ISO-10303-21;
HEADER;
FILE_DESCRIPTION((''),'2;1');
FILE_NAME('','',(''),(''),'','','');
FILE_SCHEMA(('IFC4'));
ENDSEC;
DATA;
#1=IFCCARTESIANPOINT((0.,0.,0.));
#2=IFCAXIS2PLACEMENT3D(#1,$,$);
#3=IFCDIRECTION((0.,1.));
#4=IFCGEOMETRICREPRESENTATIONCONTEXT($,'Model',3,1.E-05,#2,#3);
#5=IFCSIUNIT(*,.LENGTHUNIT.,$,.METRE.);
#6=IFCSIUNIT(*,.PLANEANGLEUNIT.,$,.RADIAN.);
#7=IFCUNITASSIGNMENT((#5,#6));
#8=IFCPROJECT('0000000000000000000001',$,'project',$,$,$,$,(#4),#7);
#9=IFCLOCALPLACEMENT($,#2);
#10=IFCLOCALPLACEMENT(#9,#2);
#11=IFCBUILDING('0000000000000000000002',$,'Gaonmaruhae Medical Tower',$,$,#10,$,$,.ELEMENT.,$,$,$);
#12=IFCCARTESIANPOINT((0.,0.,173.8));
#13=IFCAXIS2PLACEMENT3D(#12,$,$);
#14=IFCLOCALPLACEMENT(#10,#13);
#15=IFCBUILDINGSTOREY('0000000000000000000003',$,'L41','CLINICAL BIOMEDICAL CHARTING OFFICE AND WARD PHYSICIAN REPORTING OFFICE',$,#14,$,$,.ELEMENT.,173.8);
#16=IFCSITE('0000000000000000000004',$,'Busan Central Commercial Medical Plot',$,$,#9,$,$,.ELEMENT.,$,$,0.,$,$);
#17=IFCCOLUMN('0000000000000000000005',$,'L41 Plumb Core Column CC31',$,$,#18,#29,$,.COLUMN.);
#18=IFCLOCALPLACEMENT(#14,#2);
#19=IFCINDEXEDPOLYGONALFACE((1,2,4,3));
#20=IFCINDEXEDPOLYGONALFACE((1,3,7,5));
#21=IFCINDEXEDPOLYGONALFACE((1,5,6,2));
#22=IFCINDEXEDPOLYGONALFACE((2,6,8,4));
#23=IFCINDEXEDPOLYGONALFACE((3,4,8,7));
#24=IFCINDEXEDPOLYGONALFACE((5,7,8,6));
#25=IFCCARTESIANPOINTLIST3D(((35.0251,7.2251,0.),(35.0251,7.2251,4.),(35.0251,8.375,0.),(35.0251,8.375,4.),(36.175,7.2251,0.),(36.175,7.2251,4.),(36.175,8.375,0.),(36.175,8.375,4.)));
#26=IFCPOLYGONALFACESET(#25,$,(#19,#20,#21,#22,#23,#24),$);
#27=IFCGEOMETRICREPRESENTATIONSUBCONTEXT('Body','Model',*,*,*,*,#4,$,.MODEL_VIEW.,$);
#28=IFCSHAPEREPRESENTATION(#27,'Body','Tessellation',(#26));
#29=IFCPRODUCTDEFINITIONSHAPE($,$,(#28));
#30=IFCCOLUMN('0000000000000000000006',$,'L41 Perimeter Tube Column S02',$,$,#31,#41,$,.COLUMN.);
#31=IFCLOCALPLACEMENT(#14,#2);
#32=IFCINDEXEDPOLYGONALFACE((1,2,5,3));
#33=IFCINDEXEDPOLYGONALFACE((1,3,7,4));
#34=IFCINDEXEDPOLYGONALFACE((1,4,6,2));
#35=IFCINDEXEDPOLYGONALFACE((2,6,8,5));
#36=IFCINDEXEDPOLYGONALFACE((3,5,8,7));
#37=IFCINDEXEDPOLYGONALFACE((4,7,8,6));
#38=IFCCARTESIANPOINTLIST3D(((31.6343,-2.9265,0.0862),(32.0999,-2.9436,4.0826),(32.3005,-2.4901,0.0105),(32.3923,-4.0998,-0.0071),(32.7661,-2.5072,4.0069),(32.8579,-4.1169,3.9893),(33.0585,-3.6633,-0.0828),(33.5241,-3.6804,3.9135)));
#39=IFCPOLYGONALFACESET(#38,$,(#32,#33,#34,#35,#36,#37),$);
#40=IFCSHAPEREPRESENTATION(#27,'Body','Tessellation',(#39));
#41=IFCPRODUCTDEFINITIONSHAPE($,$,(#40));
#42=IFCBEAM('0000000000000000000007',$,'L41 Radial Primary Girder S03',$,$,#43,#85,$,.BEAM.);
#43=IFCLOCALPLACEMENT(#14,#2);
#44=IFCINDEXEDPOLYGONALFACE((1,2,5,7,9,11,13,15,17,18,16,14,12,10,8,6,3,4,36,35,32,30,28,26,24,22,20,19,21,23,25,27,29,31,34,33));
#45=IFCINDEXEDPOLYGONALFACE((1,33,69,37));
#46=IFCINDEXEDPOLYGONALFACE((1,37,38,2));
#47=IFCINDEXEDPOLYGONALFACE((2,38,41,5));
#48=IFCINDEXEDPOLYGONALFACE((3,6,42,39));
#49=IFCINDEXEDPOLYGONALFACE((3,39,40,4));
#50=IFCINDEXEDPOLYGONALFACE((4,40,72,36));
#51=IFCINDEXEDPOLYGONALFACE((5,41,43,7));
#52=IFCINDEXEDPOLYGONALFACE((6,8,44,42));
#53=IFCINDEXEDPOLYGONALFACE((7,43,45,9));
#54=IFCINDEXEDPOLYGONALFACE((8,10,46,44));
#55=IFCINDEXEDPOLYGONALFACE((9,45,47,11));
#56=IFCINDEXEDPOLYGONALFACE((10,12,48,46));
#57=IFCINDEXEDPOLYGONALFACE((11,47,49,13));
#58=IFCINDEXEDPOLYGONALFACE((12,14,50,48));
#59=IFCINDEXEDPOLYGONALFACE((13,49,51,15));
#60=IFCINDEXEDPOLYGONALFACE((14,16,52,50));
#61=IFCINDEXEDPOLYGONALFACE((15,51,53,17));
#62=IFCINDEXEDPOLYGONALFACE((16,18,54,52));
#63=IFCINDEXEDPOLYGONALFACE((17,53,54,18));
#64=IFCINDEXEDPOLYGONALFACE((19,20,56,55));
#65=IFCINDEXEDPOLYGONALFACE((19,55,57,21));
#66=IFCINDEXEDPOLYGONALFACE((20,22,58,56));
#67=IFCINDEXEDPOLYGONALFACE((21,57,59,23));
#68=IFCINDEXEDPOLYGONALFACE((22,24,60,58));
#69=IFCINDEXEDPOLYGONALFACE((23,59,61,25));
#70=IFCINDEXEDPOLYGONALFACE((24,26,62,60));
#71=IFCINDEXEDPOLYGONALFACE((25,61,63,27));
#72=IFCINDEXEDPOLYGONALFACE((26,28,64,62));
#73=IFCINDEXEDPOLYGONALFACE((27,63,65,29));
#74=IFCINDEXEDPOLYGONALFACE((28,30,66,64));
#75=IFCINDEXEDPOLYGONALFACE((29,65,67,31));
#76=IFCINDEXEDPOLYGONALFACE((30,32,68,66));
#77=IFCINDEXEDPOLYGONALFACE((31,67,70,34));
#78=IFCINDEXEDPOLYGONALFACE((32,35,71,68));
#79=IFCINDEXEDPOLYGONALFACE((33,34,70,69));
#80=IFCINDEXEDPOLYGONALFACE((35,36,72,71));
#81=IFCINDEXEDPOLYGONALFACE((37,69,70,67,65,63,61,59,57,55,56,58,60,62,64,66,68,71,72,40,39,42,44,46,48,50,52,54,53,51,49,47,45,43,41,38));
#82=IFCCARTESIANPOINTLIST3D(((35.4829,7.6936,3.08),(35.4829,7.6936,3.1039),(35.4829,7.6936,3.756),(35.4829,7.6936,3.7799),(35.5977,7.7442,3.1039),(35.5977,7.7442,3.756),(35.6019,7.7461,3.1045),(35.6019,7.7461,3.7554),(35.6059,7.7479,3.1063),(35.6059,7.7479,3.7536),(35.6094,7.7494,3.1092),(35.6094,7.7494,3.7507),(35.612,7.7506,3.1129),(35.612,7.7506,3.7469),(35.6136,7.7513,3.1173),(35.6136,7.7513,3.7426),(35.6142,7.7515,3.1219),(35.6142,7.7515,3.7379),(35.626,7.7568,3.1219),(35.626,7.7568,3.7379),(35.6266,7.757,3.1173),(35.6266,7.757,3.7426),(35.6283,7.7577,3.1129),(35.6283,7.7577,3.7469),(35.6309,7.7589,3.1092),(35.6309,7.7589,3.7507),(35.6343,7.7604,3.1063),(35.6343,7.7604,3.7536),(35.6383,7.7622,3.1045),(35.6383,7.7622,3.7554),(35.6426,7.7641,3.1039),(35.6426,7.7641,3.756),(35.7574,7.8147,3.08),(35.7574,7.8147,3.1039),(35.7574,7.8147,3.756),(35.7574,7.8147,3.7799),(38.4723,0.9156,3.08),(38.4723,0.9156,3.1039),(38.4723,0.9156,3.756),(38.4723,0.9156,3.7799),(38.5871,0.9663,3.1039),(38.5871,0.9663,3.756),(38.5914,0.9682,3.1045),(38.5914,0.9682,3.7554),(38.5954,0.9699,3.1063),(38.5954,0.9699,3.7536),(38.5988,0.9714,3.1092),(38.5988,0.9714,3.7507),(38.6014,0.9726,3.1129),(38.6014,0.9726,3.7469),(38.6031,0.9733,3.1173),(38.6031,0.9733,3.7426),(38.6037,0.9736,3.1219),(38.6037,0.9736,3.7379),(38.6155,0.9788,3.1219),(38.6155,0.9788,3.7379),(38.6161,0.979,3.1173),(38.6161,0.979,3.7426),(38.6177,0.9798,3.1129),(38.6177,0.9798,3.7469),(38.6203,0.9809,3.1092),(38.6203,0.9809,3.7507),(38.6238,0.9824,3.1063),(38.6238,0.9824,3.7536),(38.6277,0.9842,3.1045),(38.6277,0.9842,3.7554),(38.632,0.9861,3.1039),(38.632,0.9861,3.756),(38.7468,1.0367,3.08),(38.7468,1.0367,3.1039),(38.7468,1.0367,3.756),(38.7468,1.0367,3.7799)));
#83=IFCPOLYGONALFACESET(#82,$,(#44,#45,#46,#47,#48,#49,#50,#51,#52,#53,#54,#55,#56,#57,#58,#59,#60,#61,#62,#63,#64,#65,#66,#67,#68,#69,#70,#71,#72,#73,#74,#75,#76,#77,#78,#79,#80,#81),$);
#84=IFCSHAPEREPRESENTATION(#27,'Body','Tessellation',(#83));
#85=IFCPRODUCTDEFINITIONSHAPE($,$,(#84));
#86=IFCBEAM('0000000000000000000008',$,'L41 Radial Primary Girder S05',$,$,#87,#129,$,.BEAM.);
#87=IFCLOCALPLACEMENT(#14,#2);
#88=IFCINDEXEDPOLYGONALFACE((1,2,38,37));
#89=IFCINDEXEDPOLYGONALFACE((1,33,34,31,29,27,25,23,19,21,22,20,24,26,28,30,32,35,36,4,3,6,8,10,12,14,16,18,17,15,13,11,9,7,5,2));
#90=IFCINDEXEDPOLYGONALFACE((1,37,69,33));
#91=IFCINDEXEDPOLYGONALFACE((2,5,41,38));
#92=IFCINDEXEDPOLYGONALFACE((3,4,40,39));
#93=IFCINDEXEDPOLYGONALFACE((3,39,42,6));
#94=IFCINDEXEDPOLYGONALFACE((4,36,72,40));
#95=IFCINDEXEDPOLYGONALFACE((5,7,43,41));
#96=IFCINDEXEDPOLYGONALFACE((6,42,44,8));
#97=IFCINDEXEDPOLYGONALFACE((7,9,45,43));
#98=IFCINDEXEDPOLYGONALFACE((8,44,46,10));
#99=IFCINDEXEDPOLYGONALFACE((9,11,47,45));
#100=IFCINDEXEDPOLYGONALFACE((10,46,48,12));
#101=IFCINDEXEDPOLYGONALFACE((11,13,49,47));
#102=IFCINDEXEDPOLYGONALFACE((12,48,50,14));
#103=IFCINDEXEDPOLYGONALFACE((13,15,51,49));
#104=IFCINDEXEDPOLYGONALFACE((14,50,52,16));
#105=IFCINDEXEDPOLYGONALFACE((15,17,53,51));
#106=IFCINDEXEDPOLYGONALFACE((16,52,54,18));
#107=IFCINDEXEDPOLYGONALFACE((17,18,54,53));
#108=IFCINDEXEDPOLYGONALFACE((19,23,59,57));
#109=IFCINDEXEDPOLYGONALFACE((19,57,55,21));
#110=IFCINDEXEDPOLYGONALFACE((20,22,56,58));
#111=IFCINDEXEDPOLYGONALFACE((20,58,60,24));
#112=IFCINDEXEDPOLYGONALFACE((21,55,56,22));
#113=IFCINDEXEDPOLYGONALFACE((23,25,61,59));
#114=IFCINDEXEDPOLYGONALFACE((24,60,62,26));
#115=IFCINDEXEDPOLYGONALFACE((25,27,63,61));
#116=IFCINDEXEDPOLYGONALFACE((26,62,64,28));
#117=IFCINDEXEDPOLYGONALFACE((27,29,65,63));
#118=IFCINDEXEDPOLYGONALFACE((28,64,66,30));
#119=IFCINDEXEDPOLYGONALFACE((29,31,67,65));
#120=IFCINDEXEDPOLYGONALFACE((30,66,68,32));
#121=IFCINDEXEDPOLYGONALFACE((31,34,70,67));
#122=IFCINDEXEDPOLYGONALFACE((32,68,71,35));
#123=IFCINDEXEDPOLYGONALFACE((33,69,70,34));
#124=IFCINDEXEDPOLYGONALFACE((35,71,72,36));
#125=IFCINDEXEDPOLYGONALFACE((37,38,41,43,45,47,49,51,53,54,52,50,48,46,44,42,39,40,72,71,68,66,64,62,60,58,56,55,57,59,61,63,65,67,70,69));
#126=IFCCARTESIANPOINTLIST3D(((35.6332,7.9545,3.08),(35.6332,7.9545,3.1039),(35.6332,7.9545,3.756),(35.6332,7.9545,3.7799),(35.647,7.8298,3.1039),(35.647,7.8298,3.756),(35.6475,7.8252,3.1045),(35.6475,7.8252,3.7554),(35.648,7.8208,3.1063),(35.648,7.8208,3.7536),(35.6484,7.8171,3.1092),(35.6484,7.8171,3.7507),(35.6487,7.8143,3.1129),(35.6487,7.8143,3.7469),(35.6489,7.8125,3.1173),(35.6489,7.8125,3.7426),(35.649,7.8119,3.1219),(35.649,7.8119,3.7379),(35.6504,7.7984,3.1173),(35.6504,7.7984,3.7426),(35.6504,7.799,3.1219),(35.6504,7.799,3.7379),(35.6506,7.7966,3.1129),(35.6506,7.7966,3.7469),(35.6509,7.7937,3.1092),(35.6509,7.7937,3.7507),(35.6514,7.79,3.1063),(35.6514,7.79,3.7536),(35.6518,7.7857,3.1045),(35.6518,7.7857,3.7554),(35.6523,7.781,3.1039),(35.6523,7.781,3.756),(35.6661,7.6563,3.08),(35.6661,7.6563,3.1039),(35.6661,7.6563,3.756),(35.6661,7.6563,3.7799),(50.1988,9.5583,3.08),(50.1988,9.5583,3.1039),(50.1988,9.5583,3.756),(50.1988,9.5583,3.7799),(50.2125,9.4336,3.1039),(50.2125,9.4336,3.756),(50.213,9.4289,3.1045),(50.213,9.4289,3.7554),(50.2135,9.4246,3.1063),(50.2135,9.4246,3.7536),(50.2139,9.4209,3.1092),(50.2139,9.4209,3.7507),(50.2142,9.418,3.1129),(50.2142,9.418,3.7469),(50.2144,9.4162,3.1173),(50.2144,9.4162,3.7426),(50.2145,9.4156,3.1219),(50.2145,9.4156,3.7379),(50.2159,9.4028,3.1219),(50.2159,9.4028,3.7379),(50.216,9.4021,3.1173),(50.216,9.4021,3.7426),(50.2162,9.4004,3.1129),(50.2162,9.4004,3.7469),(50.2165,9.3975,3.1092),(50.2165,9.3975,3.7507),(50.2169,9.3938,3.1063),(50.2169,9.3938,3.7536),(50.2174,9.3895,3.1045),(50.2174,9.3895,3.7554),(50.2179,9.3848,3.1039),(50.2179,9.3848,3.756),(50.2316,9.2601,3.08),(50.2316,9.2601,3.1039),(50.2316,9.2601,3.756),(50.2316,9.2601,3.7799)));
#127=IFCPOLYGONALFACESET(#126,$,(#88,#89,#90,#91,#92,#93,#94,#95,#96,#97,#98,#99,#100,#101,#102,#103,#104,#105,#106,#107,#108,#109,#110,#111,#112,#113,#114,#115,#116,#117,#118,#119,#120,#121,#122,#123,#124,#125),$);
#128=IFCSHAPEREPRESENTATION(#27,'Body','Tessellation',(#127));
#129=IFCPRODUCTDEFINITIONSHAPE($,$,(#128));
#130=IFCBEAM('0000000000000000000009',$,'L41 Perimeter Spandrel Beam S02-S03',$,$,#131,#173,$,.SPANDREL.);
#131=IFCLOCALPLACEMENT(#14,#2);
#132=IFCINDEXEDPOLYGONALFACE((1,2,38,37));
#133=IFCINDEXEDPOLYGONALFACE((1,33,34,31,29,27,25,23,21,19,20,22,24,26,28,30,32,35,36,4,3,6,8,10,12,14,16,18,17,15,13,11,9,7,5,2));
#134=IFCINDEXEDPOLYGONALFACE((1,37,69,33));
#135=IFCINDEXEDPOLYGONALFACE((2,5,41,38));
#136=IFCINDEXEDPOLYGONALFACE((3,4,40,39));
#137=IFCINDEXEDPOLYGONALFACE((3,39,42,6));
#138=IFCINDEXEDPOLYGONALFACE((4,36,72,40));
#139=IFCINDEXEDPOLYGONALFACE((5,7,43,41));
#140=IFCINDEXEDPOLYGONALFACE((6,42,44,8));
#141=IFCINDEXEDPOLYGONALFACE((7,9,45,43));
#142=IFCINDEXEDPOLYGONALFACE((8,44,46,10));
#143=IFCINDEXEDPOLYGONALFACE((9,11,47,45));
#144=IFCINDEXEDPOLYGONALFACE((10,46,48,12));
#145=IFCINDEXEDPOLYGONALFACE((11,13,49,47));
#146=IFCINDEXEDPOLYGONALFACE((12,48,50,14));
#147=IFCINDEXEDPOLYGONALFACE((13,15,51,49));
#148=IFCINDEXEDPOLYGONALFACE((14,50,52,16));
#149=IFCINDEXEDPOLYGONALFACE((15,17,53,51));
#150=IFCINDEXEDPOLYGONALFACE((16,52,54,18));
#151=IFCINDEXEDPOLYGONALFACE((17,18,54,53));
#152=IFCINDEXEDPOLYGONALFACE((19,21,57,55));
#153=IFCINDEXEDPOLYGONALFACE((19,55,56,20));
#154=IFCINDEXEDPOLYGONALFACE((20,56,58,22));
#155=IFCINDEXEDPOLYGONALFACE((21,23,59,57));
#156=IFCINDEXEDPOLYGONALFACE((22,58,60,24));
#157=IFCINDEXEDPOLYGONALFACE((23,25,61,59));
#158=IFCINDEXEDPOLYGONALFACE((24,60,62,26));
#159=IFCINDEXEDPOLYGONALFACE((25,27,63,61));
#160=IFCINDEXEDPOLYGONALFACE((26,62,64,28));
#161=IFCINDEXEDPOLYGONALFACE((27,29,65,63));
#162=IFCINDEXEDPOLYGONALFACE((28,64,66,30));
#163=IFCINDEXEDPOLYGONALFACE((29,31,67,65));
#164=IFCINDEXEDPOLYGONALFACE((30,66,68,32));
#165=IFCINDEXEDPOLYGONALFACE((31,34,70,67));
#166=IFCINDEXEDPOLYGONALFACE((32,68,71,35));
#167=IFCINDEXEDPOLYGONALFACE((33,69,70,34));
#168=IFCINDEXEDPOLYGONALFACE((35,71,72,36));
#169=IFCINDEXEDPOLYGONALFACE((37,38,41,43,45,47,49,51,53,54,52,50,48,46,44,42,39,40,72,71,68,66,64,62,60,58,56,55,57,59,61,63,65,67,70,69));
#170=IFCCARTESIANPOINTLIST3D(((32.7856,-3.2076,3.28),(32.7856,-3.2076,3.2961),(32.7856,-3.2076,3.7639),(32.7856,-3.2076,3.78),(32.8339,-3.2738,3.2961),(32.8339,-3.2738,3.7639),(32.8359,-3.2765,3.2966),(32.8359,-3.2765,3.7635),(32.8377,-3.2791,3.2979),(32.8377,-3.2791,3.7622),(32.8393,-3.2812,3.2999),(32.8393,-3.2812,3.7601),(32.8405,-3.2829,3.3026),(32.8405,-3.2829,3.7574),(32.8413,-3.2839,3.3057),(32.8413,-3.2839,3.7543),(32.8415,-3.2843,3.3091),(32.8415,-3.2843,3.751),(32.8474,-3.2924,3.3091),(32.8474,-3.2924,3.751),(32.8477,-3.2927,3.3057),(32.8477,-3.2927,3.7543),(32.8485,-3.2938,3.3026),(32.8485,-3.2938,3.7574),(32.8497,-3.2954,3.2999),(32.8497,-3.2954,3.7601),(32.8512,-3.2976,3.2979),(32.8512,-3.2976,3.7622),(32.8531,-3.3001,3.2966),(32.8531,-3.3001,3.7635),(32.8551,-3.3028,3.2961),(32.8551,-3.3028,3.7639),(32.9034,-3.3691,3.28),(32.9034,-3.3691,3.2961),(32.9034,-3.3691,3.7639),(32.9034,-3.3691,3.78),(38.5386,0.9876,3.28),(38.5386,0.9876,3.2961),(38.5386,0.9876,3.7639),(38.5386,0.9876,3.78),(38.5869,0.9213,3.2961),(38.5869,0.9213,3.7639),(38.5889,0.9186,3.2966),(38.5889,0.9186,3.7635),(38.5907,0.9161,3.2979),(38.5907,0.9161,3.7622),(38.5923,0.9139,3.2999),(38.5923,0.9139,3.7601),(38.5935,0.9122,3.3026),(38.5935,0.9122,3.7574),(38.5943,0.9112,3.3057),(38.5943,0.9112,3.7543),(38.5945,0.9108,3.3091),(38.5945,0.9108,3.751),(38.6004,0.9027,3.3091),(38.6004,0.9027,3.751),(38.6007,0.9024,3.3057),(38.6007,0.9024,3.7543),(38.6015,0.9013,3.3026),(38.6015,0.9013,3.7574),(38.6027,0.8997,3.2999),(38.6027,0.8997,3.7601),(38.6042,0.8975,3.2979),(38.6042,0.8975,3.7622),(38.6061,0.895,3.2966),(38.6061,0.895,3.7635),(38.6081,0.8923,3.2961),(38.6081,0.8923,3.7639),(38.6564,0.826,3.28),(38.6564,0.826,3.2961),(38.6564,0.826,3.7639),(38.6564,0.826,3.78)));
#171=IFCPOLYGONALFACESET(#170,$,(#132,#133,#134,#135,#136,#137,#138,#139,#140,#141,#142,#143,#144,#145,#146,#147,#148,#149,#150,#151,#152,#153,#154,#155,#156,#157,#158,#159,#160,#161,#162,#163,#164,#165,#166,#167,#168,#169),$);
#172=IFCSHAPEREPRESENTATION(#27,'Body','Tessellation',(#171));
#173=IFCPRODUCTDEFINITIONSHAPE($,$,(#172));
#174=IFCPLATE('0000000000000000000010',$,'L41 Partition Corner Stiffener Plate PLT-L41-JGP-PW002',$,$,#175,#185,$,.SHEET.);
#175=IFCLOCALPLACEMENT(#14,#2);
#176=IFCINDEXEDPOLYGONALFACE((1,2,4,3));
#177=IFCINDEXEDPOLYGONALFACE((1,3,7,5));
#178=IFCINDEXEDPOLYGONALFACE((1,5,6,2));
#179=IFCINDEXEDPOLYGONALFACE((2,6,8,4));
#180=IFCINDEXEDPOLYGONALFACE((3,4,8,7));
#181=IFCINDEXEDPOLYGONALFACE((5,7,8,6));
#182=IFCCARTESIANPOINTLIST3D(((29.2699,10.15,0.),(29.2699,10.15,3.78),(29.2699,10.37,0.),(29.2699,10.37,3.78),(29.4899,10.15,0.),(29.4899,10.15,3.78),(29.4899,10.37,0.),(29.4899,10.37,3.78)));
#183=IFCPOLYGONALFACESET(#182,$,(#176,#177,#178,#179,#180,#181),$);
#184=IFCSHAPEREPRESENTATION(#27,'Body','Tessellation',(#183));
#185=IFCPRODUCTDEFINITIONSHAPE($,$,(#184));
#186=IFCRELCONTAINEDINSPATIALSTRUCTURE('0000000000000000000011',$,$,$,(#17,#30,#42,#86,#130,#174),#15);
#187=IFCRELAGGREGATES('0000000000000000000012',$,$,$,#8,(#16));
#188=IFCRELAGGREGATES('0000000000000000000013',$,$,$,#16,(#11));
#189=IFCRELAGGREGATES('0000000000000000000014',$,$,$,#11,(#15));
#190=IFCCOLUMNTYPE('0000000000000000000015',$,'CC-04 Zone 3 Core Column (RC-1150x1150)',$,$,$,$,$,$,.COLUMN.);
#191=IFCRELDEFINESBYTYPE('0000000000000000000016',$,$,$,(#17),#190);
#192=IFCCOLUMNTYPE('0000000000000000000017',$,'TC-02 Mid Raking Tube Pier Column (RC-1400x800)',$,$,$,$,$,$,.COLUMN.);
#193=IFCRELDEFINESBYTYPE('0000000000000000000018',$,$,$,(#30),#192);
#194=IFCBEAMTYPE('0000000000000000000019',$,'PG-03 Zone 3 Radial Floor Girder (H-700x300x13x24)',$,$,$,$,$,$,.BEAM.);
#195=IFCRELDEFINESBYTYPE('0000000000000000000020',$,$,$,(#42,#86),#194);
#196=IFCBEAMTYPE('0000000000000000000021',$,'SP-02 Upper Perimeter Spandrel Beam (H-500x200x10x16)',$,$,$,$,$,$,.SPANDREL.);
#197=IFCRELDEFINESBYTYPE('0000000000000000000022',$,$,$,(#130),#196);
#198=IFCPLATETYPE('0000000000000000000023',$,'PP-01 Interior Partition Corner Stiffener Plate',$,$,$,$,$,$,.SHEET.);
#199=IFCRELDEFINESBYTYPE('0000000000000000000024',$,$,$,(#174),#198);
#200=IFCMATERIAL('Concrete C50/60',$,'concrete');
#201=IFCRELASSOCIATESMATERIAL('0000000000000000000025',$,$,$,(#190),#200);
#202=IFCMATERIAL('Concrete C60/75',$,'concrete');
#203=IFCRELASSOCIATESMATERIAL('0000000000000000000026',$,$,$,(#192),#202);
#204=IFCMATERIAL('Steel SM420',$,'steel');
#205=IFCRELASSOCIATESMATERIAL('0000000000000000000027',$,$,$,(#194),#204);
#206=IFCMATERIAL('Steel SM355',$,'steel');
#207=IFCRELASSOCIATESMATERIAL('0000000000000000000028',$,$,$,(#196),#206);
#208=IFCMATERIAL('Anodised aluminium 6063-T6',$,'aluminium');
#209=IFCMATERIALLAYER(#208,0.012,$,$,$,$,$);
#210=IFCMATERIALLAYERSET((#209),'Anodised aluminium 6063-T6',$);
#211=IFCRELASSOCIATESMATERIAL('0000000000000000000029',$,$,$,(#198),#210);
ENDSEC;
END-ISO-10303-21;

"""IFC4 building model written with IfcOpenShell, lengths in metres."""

from ifc_helpers import new_model, si_unit, direction, frame, origin, origin_2d, place, context, subcontext, project, spatial, rectangle, i_section, extrude, material, layer, layer_set, material_profile, profile_set, type_object, element, save


model = new_model("IFC4")

# Units and contexts
model_context = context("Model", 3, precision=1e-05, world=origin(), true_north=direction((0.0, 1.0)))
body_context = subcontext(model_context, "Body", "Model", "MODEL_VIEW")
ifc_project = project(units=[si_unit("LENGTHUNIT", "METRE"), si_unit("PLANEANGLEUNIT", "RADIAN")], contexts=[model_context])

# Site, building, storey
site_placement = place(None, origin())
site = spatial("IfcSite", under=ifc_project, at=site_placement, Name="Busan Central Commercial Medical Plot", CompositionType="ELEMENT", RefElevation=0.0)
building_placement = place(site_placement, origin())
building = spatial("IfcBuilding", under=site, at=building_placement, Name="Gaonmaruhae Medical Tower", CompositionType="ELEMENT")
storey_placement = place(building_placement, frame((0.0, 0.0, 173.8)))
storey = spatial("IfcBuildingStorey", under=building, at=storey_placement, Name="L41", Description="CLINICAL BIOMEDICAL CHARTING OFFICE AND WARD PHYSICIAN REPORTING OFFICE", CompositionType="ELEMENT", Elevation=173.8)

# Columns
ifc_material_1 = material(Name="Concrete C50/60", Category="concrete")
ifc_material_profile_1 = material_profile(ifc_material_1, rectangle(XDim=1.1499, YDim=1.1499, at=origin_2d()), Name="RC-1150x1150")
ifc_profile_set_1 = profile_set([ifc_material_profile_1], Name="Concrete C50/60")
column_type_1 = type_object("IfcColumnType", Name="CC-04 Zone 3 Core Column (RC-1150x1150)", PredefinedType="COLUMN", material=ifc_profile_set_1)
column_1_placement = place(storey_placement, frame((35.6001, 7.8, 0.0), z_axis=(0.0, 0.0, 1.0), x_axis=(1.0, 0.0, 0.0)))
element("IfcColumn", 1, at=column_1_placement, inside=storey, type_object=column_type_1, Name="L41 Plumb Core Column CC31", PredefinedType="COLUMN", context=body_context, shape_type="SweptSolid", body=[
    extrude(rectangle(XDim=1.1499, YDim=1.1499, at=origin_2d()), origin(), (0.0, 0.0, 1.0), 4.0),
])
ifc_material_2 = material(Name="Concrete C60/75", Category="concrete")
ifc_material_profile_2 = material_profile(ifc_material_2, rectangle(XDim=1.3999, YDim=0.8, at=origin_2d()), Name="RC-1400x800")
ifc_profile_set_2 = profile_set([ifc_material_profile_2], Name="Concrete C60/75")
column_type_2 = type_object("IfcColumnType", Name="TC-02 Mid Raking Tube Pier Column (RC-1400x800)", PredefinedType="COLUMN", material=ifc_profile_set_2)
column_2_placement = place(storey_placement, frame((32.3464, -3.2949, 0.0017), z_axis=(0.115717, -0.004248, 0.993273), x_axis=(-0.541468, 0.838074, 0.066665)))
element("IfcColumn", 2, at=column_2_placement, inside=storey, type_object=column_type_2, Name="L41 Perimeter Tube Column S02", PredefinedType="COLUMN", context=body_context, shape_type="SweptSolid", body=[
    extrude(rectangle(XDim=1.3999, YDim=0.8, at=origin_2d()), origin(), (0.0, 0.0, 1.0), 4.0234),
])

# Beams
ifc_material_3 = material(Name="Steel SM420", Category="steel")
ifc_material_profile_3 = material_profile(ifc_material_3, i_section(OverallWidth=0.3, OverallDepth=0.7, WebThickness=0.0129, FlangeThickness=0.0239, FilletRadius=0.0181, at=origin_2d()), Name="H-700x300x13x24")
ifc_profile_set_3 = profile_set([ifc_material_profile_3], Name="Steel SM420")
beam_type_1 = type_object("IfcBeamType", Name="PG-03 Zone 3 Radial Floor Girder (H-700x300x13x24)", PredefinedType="BEAM", material=ifc_profile_set_3)
beam_1_placement = place(storey_placement, frame((35.6201, 7.7542, 3.4299), z_axis=(0.403547, -0.914959, 0.0), x_axis=(0.914959, 0.403547, 0.0)))
element("IfcBeam", 3, at=beam_1_placement, inside=storey, type_object=beam_type_1, Name="L41 Radial Primary Girder S03", PredefinedType="BEAM", context=body_context, shape_type="SweptSolid", body=[
    extrude(i_section(OverallWidth=0.3, OverallDepth=0.7, WebThickness=0.0129, FlangeThickness=0.0239, FilletRadius=0.0181, at=origin_2d()), origin(), (0.0, 0.0, 1.0), 7.408),
])
beam_2_placement = place(storey_placement, frame((35.6497, 7.8054, 3.4299), z_axis=(0.993993, 0.109446, 0.0), x_axis=(-0.109446, 0.993993, 0.0)))
element("IfcBeam", 4, at=beam_2_placement, inside=storey, type_object=beam_type_1, Name="L41 Radial Primary Girder S05", PredefinedType="BEAM", context=body_context, shape_type="SweptSolid", body=[
    extrude(i_section(OverallWidth=0.3, OverallDepth=0.7, WebThickness=0.0129, FlangeThickness=0.0239, FilletRadius=0.0181, at=origin_2d()), origin(), (0.0, 0.0, 1.0), 14.6536),
])
ifc_material_4 = material(Name="Steel SM355", Category="steel")
ifc_material_profile_4 = material_profile(ifc_material_4, i_section(OverallWidth=0.2, OverallDepth=0.5, WebThickness=0.01, FlangeThickness=0.0161, FilletRadius=0.0129, at=origin_2d()), Name="H-500x200x10x16")
ifc_profile_set_4 = profile_set([ifc_material_profile_4], Name="Steel SM355")
beam_type_2 = type_object("IfcBeamType", Name="SP-02 Upper Perimeter Spandrel Beam (H-500x200x10x16)", PredefinedType="SPANDREL", material=ifc_profile_set_4)
beam_3_placement = place(storey_placement, frame((32.8445, -3.2883, 3.53), z_axis=(0.807993, 0.589193, 0.0), x_axis=(-0.589193, 0.807993, 0.0)))
element("IfcBeam", 5, at=beam_3_placement, inside=storey, type_object=beam_type_2, Name="L41 Perimeter Spandrel Beam S02-S03", PredefinedType="SPANDREL", context=body_context, shape_type="SweptSolid", body=[
    extrude(i_section(OverallWidth=0.2, OverallDepth=0.5, WebThickness=0.01, FlangeThickness=0.0161, FilletRadius=0.0129, at=origin_2d()), origin(), (0.0, 0.0, 1.0), 7.1201),
])

# Plate
ifc_material_5 = material(Name="Anodised aluminium 6063-T6", Category="aluminium")
ifc_layer_1 = layer(ifc_material_5, 0.012)
ifc_layer_set_1 = layer_set([ifc_layer_1], Name="Anodised aluminium 6063-T6")
plate_type = type_object("IfcPlateType", Name="PP-01 Interior Partition Corner Stiffener Plate", PredefinedType="SHEET", material=ifc_layer_set_1)
plate_1_placement = place(storey_placement, frame((29.3799, 10.26, 0.0), z_axis=(0.0, 0.0, 1.0), x_axis=(0.0, -1.0, 0.0)))
element("IfcPlate", 6, at=plate_1_placement, inside=storey, type_object=plate_type, Name="L41 Partition Corner Stiffener Plate PLT-L41-JGP-PW002", PredefinedType="SHEET", context=body_context, shape_type="SweptSolid", body=[
    extrude(rectangle(XDim=0.22, YDim=0.22, at=origin_2d()), origin(), (0.0, 0.0, 1.0), 3.78),
])

save(model, "model.ifc")
